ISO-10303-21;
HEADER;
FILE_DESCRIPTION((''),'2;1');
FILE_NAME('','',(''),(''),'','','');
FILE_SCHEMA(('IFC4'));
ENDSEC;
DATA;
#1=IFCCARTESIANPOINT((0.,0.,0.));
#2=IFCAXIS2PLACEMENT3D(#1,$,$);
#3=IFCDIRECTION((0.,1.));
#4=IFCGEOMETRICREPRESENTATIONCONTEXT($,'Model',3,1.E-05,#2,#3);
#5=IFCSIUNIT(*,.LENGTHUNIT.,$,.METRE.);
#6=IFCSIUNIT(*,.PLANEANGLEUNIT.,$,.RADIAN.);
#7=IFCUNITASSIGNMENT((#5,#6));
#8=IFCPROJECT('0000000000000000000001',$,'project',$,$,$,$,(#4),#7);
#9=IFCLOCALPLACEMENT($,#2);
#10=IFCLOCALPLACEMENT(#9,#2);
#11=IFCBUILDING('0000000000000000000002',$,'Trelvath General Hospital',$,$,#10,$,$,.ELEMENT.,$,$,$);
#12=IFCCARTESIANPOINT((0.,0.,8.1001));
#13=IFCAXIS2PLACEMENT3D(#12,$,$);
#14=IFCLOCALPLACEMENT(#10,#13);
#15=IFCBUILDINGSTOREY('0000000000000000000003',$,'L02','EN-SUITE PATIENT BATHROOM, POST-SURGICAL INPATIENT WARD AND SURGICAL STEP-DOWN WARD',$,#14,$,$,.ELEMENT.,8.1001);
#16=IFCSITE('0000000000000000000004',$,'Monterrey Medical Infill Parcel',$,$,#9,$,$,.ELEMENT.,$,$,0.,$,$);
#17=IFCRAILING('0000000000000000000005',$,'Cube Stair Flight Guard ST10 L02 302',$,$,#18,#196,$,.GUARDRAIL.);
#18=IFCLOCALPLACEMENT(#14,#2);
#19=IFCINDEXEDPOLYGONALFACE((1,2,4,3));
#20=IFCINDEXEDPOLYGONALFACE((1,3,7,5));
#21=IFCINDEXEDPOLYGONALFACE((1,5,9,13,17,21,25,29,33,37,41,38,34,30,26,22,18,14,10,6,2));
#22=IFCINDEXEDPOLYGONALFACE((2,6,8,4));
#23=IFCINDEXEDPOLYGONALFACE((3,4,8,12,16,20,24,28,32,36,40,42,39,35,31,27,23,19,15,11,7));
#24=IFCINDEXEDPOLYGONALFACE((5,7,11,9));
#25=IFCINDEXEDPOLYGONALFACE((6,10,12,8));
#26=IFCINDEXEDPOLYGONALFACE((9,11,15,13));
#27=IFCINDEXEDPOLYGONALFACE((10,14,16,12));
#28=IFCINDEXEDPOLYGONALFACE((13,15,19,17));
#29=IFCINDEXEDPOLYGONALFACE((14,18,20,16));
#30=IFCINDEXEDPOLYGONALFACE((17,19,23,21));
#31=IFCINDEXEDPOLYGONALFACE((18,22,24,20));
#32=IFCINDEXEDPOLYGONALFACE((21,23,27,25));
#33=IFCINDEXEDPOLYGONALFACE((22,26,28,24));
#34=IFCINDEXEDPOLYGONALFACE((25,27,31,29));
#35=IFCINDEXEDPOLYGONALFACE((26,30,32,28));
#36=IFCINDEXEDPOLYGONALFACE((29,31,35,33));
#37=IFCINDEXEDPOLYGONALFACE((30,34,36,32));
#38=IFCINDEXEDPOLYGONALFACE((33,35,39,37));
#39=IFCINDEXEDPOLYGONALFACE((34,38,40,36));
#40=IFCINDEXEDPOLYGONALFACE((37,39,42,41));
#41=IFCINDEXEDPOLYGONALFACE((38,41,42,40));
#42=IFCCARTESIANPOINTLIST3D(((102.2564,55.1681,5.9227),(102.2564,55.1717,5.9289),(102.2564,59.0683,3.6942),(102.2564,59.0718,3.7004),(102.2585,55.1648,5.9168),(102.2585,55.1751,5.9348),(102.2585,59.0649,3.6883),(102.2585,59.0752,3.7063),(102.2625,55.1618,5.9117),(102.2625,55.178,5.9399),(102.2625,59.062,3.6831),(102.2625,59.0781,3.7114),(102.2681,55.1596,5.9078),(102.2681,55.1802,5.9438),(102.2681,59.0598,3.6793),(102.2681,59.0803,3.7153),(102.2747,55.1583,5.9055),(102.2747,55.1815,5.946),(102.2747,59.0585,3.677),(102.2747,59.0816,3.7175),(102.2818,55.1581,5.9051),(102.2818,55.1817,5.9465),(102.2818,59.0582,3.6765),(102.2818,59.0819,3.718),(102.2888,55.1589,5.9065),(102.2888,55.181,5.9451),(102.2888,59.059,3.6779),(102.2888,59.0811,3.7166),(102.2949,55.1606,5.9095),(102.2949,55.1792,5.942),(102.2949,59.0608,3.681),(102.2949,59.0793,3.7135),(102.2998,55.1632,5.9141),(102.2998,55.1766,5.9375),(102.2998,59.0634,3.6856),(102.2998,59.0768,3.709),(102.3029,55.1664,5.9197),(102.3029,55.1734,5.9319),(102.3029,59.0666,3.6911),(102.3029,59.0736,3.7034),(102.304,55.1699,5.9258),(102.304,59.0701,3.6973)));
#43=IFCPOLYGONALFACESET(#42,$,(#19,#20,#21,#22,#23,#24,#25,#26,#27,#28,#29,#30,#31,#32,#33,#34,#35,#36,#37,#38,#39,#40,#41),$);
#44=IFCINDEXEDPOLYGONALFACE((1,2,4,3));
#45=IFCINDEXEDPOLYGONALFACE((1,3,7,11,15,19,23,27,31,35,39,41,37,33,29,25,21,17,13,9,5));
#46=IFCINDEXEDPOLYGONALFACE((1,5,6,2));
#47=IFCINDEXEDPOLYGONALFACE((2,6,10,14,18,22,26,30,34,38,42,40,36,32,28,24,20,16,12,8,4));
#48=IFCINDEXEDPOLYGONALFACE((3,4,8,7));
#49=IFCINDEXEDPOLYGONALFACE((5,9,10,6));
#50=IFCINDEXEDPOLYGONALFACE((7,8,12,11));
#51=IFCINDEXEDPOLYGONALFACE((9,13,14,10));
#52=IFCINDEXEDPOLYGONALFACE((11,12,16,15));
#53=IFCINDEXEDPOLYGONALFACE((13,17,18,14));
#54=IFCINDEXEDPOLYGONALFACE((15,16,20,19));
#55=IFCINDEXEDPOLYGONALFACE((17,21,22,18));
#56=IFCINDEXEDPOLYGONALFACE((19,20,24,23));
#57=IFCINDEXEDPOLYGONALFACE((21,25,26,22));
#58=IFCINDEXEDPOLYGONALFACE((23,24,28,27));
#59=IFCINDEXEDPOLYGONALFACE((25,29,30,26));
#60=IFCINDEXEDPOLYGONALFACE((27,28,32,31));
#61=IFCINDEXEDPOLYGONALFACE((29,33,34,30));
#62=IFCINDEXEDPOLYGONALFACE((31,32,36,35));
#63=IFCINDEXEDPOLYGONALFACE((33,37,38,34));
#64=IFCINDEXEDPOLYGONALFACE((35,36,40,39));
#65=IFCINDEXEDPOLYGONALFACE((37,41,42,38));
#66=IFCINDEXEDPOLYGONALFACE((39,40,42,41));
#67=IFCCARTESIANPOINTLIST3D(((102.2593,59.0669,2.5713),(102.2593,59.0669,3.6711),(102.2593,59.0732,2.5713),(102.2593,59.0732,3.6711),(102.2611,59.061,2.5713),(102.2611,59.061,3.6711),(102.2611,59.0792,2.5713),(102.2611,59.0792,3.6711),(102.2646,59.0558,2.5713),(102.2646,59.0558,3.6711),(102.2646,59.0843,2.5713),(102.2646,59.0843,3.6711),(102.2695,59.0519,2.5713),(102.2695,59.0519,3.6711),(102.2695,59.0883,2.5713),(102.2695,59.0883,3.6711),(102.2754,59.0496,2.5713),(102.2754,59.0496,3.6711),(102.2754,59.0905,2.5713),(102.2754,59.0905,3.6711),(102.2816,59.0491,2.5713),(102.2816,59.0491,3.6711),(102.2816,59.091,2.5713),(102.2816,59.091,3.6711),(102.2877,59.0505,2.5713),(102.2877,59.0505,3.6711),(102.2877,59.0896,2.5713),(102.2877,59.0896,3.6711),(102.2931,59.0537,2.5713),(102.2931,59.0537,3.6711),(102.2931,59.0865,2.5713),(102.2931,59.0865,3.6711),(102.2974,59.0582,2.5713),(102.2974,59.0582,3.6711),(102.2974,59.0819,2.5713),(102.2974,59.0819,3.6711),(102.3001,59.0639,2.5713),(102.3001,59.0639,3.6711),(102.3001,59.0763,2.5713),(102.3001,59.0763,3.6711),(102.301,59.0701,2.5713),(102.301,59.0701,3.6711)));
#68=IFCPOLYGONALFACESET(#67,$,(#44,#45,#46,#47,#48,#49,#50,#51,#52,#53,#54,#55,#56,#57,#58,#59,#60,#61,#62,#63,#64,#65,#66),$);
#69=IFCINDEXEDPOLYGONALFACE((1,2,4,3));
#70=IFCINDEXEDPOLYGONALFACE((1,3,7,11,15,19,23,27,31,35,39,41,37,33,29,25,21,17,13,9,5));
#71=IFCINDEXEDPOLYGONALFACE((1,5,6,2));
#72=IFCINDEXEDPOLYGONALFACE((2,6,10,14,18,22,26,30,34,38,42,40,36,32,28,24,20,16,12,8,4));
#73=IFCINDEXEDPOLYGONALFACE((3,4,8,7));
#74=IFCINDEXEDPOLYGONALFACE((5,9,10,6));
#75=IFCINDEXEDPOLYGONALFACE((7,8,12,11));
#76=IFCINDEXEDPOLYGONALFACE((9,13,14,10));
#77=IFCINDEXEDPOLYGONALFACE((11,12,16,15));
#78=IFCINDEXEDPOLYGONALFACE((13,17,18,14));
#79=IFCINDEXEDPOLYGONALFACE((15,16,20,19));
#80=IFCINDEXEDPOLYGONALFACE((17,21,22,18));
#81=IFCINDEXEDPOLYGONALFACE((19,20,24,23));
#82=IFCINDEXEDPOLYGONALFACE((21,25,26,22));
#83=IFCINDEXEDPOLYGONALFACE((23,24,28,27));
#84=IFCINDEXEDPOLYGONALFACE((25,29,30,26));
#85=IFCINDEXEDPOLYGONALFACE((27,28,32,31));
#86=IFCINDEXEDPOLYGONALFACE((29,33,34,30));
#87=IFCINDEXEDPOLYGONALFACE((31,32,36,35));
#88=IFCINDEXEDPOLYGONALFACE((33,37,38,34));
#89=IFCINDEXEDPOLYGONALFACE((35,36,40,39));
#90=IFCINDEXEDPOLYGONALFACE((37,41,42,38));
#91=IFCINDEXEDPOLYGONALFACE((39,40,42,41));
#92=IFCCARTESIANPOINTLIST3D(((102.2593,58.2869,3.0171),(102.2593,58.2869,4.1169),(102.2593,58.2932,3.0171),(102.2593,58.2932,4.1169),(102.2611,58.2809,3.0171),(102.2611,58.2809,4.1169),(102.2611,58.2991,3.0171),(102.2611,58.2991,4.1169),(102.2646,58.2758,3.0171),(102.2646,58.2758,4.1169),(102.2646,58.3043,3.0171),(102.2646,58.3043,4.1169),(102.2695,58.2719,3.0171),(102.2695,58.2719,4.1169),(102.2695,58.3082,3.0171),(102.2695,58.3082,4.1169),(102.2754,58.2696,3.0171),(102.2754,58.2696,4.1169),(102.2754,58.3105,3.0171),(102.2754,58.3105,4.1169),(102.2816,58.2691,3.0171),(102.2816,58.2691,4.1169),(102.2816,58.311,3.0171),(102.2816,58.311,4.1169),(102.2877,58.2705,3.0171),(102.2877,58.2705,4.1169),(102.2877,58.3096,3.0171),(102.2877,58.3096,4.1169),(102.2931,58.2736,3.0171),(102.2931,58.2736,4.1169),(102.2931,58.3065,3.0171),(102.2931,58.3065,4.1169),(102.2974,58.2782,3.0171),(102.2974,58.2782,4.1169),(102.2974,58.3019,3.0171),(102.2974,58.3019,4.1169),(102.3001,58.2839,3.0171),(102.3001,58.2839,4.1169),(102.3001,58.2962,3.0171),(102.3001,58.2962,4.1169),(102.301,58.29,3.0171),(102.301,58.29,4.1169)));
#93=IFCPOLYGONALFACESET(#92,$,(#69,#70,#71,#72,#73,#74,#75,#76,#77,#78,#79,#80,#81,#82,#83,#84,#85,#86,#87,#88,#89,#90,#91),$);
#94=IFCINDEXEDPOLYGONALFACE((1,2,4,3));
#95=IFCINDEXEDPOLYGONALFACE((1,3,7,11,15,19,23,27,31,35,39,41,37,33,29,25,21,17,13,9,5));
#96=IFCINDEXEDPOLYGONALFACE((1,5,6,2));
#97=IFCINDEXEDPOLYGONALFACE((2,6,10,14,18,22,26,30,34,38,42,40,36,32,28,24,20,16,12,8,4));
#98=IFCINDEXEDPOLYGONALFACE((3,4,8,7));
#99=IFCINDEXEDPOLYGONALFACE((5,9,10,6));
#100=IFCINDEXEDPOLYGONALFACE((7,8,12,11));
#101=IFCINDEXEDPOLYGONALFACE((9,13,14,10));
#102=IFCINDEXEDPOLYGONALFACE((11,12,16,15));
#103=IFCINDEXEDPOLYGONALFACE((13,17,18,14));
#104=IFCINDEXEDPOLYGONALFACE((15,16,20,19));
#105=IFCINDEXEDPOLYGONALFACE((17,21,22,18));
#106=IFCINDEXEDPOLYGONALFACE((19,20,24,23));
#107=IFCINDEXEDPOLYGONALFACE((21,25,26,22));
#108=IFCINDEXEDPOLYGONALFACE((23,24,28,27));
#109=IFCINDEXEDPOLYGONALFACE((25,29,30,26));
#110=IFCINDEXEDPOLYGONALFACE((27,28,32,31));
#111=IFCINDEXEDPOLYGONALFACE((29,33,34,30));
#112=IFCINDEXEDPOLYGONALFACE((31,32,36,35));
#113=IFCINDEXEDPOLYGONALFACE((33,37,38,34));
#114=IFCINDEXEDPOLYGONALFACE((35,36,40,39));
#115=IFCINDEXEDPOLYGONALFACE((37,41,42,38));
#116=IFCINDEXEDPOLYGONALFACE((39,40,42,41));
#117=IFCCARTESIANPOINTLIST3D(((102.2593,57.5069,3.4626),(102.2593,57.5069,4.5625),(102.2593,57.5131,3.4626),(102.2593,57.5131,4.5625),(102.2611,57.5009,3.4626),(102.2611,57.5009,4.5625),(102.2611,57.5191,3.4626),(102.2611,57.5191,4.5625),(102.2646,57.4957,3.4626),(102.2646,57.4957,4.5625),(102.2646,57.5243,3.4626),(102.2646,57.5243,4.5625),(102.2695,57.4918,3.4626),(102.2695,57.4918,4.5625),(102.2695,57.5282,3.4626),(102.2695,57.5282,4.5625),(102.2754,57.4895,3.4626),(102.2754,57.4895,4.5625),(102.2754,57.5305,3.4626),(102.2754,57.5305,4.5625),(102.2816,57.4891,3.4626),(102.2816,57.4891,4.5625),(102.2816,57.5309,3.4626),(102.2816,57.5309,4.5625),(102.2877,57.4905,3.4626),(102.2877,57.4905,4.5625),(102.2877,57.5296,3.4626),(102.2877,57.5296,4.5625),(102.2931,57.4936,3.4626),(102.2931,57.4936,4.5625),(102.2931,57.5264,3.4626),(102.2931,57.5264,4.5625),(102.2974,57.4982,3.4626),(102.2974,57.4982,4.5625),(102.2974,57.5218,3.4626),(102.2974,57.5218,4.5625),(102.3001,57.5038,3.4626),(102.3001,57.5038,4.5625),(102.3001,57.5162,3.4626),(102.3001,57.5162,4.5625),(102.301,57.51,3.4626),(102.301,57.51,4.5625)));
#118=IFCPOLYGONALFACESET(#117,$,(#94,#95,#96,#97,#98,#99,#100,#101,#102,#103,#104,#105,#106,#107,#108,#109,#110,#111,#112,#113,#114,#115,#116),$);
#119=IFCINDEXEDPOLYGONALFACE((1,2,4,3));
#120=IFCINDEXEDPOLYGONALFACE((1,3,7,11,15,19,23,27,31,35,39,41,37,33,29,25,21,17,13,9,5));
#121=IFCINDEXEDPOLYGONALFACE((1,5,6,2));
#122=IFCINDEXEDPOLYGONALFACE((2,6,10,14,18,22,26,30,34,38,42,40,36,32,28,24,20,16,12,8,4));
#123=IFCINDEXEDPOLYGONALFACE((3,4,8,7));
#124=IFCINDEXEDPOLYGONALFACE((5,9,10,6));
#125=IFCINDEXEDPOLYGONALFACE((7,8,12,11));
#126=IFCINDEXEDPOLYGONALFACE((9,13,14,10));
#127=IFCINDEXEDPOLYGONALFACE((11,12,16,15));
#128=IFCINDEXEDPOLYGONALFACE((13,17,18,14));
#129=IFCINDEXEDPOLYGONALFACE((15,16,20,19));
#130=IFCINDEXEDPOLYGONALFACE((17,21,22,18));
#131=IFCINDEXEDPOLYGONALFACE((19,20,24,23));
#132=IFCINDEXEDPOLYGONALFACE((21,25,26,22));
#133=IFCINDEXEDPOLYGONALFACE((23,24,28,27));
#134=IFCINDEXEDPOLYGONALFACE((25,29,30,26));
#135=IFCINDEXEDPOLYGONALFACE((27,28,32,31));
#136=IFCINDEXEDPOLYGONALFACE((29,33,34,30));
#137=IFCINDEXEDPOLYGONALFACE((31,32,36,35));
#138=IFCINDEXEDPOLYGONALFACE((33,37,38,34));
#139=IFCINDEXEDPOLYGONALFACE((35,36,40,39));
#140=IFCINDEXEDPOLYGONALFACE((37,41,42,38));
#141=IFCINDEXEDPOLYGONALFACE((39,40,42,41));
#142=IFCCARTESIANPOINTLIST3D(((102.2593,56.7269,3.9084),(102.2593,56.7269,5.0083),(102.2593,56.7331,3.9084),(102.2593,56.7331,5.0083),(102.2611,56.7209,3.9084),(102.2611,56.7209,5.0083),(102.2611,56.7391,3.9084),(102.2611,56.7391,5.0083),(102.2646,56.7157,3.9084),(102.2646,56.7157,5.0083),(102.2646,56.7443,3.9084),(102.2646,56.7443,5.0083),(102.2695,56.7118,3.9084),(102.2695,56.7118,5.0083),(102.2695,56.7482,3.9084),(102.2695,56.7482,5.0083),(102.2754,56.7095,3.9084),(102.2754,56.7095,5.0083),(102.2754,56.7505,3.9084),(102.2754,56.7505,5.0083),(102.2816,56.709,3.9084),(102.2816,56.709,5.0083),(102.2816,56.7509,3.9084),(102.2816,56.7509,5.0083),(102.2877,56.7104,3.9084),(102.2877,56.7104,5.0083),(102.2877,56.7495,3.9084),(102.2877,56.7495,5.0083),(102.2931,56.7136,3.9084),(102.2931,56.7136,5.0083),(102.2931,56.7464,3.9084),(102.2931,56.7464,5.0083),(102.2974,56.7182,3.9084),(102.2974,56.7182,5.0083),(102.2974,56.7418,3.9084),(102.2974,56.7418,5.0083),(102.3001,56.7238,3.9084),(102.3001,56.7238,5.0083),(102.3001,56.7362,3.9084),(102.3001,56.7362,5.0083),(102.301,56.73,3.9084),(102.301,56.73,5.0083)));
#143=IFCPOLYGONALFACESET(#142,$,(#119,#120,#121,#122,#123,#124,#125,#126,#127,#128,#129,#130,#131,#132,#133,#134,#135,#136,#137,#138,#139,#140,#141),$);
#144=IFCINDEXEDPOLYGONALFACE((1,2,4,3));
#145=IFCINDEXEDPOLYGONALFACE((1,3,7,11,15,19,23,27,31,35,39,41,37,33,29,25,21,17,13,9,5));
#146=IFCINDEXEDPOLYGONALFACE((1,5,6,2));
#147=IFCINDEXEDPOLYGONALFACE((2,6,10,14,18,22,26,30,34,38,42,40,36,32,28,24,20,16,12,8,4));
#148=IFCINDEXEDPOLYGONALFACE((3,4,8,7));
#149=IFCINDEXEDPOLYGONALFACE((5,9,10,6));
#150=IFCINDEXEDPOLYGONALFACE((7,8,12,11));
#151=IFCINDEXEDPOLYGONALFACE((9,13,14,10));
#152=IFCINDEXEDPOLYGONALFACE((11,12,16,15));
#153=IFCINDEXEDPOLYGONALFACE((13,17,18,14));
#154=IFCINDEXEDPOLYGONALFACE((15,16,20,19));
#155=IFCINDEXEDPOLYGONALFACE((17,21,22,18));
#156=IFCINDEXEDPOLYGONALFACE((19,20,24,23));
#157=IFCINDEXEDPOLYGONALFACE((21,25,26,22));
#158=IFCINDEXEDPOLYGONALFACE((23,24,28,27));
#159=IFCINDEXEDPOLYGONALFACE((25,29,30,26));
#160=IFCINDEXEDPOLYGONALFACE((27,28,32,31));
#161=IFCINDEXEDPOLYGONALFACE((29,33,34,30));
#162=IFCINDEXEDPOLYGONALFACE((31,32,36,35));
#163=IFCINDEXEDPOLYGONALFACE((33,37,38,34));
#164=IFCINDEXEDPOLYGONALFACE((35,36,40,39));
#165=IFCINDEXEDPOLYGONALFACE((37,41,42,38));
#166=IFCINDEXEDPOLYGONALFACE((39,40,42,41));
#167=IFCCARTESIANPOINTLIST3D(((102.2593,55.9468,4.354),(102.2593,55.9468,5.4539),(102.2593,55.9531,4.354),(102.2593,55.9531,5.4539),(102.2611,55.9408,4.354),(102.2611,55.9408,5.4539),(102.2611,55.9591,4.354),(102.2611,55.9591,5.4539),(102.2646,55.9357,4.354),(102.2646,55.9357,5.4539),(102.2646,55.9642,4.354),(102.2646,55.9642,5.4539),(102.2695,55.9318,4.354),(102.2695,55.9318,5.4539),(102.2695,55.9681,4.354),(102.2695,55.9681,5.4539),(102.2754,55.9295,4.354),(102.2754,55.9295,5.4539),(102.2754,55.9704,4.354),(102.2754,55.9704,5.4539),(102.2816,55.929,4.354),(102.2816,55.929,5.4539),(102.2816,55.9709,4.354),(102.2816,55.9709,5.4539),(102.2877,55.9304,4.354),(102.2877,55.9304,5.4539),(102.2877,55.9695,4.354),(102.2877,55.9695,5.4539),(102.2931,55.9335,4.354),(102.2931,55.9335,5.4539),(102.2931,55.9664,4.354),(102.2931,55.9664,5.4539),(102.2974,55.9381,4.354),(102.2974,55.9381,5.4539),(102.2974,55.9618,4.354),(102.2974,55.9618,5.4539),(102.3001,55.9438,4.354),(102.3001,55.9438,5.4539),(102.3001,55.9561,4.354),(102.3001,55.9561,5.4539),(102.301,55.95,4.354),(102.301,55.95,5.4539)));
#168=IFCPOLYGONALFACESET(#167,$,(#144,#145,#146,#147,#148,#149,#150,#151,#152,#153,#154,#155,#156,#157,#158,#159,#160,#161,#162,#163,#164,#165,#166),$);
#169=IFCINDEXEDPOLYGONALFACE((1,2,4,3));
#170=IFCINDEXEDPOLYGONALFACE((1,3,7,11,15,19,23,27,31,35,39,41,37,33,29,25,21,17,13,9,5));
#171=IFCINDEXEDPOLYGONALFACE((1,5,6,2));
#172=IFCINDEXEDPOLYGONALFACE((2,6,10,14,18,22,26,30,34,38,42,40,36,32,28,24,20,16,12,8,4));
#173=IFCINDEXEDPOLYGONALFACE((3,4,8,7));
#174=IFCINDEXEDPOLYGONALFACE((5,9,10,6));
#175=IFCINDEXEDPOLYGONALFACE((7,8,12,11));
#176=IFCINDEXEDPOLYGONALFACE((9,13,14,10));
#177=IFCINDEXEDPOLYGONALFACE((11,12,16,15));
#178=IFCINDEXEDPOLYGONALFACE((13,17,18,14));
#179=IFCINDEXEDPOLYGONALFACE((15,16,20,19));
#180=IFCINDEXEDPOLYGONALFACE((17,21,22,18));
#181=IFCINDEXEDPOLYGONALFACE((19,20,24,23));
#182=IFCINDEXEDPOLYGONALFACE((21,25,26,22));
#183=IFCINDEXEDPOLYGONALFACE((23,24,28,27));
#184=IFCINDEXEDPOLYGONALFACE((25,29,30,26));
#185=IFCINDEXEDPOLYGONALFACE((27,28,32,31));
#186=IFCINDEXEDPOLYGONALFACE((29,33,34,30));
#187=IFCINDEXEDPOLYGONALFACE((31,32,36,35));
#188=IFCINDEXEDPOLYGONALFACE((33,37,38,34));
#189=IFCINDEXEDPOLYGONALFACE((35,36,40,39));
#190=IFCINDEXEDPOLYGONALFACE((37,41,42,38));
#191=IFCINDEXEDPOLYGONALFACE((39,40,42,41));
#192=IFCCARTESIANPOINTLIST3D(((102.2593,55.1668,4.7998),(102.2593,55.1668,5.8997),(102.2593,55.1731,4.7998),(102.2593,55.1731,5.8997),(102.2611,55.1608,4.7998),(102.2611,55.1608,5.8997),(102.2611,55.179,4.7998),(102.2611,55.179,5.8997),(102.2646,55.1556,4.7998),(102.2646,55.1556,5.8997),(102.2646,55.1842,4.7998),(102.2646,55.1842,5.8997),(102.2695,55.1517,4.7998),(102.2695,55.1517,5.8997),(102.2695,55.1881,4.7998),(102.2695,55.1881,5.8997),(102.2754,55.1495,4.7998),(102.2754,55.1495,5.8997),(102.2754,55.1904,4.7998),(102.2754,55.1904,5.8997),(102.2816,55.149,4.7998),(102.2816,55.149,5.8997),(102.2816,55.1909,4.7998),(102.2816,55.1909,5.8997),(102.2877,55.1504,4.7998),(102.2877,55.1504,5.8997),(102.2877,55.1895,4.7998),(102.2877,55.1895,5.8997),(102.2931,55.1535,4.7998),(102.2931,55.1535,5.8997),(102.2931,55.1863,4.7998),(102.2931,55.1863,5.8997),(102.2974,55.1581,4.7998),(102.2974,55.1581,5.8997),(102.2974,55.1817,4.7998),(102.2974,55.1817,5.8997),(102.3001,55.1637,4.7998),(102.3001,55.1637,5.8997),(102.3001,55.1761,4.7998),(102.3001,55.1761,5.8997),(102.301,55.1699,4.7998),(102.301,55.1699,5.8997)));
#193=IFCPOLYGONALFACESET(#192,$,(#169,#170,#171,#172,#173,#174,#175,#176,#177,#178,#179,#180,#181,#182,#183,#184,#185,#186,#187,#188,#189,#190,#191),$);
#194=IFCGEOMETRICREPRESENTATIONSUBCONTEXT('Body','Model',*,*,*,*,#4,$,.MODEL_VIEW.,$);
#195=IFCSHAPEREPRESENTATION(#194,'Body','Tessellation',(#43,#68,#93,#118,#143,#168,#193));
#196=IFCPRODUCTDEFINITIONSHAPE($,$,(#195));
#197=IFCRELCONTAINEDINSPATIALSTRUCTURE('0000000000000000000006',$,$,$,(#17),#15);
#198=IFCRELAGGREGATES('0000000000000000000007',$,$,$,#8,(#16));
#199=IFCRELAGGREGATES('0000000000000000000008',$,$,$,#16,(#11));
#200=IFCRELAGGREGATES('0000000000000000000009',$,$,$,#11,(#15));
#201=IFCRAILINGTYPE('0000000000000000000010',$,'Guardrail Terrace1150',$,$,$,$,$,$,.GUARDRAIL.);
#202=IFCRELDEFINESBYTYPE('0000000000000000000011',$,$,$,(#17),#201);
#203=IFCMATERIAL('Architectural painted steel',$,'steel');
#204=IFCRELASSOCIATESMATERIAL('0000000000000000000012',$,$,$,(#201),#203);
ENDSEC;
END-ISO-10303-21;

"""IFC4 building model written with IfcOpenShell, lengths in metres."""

from ifc_helpers import new_model, si_unit, direction, frame, origin, origin_2d, place, context, subcontext, project, spatial, circle, extrude, material, type_object, element, save


model = new_model("IFC4")

# Units and contexts
model_context = context("Model", 3, precision=1e-05, world=origin(), true_north=direction((0.0, 1.0)))
body_context = subcontext(model_context, "Body", "Model", "MODEL_VIEW")
ifc_project = project(units=[si_unit("LENGTHUNIT", "METRE"), si_unit("PLANEANGLEUNIT", "RADIAN")], contexts=[model_context])

# Site, building, storey
site_placement = place(None, origin())
site = spatial("IfcSite", under=ifc_project, at=site_placement, Name="Monterrey Medical Infill Parcel", CompositionType="ELEMENT", RefElevation=0.0)
building_placement = place(site_placement, origin())
building = spatial("IfcBuilding", under=site, at=building_placement, Name="Trelvath General Hospital", CompositionType="ELEMENT")
storey_placement = place(building_placement, frame((0.0, 0.0, 8.1001)))
storey = spatial("IfcBuildingStorey", under=building, at=storey_placement, Name="L02", Description="EN-SUITE PATIENT BATHROOM, POST-SURGICAL INPATIENT WARD AND SURGICAL STEP-DOWN WARD", CompositionType="ELEMENT", Elevation=8.1001)

# Railing
ifc_material_1 = material(Name="Architectural painted steel", Category="steel")
railing_type = type_object("IfcRailingType", Name="Guardrail Terrace1150", PredefinedType="GUARDRAIL", material=ifc_material_1)
for number, where, name in (
    (1, (102.28, 59.0701, 2.5713), "Cube Stair Flight Guard ST10 L02 302"),
):
    element("IfcRailing", number, at=place(storey_placement, frame(where)), inside=storey, type_object=railing_type, Name=name, PredefinedType="GUARDRAIL", context=body_context, shape_type="SweptSolid", body=[
        extrude(circle(Radius=0.0239, at=origin_2d()), frame((0.0, 0.0, 1.126), z_axis=(0.0, -0.868257, 0.496116), x_axis=(1.0, 0.0, 0.0)), (0.0, 0.0, 1.0), 4.4919),
        extrude(circle(Radius=0.021, at=origin_2d()), origin(), (0.0, 0.0, 1.0), 1.0999),
        extrude(circle(Radius=0.021, at=origin_2d()), frame((0.0, -0.78, 0.4458)), (0.0, 0.0, 1.0), 1.0999),
        extrude(circle(Radius=0.021, at=origin_2d()), frame((0.0, -1.5601, 0.8914)), (0.0, 0.0, 1.0), 1.0999),
        extrude(circle(Radius=0.021, at=origin_2d()), frame((0.0, -2.3401, 1.3372)), (0.0, 0.0, 1.0), 1.0999),
        extrude(circle(Radius=0.021, at=origin_2d()), frame((0.0, -3.1201, 1.7827)), (0.0, 0.0, 1.0), 1.0999),
        extrude(circle(Radius=0.021, at=origin_2d()), frame((0.0, -3.9001, 2.2285)), (0.0, 0.0, 1.0), 1.0999),
    ])

save(model, "model.ifc")
